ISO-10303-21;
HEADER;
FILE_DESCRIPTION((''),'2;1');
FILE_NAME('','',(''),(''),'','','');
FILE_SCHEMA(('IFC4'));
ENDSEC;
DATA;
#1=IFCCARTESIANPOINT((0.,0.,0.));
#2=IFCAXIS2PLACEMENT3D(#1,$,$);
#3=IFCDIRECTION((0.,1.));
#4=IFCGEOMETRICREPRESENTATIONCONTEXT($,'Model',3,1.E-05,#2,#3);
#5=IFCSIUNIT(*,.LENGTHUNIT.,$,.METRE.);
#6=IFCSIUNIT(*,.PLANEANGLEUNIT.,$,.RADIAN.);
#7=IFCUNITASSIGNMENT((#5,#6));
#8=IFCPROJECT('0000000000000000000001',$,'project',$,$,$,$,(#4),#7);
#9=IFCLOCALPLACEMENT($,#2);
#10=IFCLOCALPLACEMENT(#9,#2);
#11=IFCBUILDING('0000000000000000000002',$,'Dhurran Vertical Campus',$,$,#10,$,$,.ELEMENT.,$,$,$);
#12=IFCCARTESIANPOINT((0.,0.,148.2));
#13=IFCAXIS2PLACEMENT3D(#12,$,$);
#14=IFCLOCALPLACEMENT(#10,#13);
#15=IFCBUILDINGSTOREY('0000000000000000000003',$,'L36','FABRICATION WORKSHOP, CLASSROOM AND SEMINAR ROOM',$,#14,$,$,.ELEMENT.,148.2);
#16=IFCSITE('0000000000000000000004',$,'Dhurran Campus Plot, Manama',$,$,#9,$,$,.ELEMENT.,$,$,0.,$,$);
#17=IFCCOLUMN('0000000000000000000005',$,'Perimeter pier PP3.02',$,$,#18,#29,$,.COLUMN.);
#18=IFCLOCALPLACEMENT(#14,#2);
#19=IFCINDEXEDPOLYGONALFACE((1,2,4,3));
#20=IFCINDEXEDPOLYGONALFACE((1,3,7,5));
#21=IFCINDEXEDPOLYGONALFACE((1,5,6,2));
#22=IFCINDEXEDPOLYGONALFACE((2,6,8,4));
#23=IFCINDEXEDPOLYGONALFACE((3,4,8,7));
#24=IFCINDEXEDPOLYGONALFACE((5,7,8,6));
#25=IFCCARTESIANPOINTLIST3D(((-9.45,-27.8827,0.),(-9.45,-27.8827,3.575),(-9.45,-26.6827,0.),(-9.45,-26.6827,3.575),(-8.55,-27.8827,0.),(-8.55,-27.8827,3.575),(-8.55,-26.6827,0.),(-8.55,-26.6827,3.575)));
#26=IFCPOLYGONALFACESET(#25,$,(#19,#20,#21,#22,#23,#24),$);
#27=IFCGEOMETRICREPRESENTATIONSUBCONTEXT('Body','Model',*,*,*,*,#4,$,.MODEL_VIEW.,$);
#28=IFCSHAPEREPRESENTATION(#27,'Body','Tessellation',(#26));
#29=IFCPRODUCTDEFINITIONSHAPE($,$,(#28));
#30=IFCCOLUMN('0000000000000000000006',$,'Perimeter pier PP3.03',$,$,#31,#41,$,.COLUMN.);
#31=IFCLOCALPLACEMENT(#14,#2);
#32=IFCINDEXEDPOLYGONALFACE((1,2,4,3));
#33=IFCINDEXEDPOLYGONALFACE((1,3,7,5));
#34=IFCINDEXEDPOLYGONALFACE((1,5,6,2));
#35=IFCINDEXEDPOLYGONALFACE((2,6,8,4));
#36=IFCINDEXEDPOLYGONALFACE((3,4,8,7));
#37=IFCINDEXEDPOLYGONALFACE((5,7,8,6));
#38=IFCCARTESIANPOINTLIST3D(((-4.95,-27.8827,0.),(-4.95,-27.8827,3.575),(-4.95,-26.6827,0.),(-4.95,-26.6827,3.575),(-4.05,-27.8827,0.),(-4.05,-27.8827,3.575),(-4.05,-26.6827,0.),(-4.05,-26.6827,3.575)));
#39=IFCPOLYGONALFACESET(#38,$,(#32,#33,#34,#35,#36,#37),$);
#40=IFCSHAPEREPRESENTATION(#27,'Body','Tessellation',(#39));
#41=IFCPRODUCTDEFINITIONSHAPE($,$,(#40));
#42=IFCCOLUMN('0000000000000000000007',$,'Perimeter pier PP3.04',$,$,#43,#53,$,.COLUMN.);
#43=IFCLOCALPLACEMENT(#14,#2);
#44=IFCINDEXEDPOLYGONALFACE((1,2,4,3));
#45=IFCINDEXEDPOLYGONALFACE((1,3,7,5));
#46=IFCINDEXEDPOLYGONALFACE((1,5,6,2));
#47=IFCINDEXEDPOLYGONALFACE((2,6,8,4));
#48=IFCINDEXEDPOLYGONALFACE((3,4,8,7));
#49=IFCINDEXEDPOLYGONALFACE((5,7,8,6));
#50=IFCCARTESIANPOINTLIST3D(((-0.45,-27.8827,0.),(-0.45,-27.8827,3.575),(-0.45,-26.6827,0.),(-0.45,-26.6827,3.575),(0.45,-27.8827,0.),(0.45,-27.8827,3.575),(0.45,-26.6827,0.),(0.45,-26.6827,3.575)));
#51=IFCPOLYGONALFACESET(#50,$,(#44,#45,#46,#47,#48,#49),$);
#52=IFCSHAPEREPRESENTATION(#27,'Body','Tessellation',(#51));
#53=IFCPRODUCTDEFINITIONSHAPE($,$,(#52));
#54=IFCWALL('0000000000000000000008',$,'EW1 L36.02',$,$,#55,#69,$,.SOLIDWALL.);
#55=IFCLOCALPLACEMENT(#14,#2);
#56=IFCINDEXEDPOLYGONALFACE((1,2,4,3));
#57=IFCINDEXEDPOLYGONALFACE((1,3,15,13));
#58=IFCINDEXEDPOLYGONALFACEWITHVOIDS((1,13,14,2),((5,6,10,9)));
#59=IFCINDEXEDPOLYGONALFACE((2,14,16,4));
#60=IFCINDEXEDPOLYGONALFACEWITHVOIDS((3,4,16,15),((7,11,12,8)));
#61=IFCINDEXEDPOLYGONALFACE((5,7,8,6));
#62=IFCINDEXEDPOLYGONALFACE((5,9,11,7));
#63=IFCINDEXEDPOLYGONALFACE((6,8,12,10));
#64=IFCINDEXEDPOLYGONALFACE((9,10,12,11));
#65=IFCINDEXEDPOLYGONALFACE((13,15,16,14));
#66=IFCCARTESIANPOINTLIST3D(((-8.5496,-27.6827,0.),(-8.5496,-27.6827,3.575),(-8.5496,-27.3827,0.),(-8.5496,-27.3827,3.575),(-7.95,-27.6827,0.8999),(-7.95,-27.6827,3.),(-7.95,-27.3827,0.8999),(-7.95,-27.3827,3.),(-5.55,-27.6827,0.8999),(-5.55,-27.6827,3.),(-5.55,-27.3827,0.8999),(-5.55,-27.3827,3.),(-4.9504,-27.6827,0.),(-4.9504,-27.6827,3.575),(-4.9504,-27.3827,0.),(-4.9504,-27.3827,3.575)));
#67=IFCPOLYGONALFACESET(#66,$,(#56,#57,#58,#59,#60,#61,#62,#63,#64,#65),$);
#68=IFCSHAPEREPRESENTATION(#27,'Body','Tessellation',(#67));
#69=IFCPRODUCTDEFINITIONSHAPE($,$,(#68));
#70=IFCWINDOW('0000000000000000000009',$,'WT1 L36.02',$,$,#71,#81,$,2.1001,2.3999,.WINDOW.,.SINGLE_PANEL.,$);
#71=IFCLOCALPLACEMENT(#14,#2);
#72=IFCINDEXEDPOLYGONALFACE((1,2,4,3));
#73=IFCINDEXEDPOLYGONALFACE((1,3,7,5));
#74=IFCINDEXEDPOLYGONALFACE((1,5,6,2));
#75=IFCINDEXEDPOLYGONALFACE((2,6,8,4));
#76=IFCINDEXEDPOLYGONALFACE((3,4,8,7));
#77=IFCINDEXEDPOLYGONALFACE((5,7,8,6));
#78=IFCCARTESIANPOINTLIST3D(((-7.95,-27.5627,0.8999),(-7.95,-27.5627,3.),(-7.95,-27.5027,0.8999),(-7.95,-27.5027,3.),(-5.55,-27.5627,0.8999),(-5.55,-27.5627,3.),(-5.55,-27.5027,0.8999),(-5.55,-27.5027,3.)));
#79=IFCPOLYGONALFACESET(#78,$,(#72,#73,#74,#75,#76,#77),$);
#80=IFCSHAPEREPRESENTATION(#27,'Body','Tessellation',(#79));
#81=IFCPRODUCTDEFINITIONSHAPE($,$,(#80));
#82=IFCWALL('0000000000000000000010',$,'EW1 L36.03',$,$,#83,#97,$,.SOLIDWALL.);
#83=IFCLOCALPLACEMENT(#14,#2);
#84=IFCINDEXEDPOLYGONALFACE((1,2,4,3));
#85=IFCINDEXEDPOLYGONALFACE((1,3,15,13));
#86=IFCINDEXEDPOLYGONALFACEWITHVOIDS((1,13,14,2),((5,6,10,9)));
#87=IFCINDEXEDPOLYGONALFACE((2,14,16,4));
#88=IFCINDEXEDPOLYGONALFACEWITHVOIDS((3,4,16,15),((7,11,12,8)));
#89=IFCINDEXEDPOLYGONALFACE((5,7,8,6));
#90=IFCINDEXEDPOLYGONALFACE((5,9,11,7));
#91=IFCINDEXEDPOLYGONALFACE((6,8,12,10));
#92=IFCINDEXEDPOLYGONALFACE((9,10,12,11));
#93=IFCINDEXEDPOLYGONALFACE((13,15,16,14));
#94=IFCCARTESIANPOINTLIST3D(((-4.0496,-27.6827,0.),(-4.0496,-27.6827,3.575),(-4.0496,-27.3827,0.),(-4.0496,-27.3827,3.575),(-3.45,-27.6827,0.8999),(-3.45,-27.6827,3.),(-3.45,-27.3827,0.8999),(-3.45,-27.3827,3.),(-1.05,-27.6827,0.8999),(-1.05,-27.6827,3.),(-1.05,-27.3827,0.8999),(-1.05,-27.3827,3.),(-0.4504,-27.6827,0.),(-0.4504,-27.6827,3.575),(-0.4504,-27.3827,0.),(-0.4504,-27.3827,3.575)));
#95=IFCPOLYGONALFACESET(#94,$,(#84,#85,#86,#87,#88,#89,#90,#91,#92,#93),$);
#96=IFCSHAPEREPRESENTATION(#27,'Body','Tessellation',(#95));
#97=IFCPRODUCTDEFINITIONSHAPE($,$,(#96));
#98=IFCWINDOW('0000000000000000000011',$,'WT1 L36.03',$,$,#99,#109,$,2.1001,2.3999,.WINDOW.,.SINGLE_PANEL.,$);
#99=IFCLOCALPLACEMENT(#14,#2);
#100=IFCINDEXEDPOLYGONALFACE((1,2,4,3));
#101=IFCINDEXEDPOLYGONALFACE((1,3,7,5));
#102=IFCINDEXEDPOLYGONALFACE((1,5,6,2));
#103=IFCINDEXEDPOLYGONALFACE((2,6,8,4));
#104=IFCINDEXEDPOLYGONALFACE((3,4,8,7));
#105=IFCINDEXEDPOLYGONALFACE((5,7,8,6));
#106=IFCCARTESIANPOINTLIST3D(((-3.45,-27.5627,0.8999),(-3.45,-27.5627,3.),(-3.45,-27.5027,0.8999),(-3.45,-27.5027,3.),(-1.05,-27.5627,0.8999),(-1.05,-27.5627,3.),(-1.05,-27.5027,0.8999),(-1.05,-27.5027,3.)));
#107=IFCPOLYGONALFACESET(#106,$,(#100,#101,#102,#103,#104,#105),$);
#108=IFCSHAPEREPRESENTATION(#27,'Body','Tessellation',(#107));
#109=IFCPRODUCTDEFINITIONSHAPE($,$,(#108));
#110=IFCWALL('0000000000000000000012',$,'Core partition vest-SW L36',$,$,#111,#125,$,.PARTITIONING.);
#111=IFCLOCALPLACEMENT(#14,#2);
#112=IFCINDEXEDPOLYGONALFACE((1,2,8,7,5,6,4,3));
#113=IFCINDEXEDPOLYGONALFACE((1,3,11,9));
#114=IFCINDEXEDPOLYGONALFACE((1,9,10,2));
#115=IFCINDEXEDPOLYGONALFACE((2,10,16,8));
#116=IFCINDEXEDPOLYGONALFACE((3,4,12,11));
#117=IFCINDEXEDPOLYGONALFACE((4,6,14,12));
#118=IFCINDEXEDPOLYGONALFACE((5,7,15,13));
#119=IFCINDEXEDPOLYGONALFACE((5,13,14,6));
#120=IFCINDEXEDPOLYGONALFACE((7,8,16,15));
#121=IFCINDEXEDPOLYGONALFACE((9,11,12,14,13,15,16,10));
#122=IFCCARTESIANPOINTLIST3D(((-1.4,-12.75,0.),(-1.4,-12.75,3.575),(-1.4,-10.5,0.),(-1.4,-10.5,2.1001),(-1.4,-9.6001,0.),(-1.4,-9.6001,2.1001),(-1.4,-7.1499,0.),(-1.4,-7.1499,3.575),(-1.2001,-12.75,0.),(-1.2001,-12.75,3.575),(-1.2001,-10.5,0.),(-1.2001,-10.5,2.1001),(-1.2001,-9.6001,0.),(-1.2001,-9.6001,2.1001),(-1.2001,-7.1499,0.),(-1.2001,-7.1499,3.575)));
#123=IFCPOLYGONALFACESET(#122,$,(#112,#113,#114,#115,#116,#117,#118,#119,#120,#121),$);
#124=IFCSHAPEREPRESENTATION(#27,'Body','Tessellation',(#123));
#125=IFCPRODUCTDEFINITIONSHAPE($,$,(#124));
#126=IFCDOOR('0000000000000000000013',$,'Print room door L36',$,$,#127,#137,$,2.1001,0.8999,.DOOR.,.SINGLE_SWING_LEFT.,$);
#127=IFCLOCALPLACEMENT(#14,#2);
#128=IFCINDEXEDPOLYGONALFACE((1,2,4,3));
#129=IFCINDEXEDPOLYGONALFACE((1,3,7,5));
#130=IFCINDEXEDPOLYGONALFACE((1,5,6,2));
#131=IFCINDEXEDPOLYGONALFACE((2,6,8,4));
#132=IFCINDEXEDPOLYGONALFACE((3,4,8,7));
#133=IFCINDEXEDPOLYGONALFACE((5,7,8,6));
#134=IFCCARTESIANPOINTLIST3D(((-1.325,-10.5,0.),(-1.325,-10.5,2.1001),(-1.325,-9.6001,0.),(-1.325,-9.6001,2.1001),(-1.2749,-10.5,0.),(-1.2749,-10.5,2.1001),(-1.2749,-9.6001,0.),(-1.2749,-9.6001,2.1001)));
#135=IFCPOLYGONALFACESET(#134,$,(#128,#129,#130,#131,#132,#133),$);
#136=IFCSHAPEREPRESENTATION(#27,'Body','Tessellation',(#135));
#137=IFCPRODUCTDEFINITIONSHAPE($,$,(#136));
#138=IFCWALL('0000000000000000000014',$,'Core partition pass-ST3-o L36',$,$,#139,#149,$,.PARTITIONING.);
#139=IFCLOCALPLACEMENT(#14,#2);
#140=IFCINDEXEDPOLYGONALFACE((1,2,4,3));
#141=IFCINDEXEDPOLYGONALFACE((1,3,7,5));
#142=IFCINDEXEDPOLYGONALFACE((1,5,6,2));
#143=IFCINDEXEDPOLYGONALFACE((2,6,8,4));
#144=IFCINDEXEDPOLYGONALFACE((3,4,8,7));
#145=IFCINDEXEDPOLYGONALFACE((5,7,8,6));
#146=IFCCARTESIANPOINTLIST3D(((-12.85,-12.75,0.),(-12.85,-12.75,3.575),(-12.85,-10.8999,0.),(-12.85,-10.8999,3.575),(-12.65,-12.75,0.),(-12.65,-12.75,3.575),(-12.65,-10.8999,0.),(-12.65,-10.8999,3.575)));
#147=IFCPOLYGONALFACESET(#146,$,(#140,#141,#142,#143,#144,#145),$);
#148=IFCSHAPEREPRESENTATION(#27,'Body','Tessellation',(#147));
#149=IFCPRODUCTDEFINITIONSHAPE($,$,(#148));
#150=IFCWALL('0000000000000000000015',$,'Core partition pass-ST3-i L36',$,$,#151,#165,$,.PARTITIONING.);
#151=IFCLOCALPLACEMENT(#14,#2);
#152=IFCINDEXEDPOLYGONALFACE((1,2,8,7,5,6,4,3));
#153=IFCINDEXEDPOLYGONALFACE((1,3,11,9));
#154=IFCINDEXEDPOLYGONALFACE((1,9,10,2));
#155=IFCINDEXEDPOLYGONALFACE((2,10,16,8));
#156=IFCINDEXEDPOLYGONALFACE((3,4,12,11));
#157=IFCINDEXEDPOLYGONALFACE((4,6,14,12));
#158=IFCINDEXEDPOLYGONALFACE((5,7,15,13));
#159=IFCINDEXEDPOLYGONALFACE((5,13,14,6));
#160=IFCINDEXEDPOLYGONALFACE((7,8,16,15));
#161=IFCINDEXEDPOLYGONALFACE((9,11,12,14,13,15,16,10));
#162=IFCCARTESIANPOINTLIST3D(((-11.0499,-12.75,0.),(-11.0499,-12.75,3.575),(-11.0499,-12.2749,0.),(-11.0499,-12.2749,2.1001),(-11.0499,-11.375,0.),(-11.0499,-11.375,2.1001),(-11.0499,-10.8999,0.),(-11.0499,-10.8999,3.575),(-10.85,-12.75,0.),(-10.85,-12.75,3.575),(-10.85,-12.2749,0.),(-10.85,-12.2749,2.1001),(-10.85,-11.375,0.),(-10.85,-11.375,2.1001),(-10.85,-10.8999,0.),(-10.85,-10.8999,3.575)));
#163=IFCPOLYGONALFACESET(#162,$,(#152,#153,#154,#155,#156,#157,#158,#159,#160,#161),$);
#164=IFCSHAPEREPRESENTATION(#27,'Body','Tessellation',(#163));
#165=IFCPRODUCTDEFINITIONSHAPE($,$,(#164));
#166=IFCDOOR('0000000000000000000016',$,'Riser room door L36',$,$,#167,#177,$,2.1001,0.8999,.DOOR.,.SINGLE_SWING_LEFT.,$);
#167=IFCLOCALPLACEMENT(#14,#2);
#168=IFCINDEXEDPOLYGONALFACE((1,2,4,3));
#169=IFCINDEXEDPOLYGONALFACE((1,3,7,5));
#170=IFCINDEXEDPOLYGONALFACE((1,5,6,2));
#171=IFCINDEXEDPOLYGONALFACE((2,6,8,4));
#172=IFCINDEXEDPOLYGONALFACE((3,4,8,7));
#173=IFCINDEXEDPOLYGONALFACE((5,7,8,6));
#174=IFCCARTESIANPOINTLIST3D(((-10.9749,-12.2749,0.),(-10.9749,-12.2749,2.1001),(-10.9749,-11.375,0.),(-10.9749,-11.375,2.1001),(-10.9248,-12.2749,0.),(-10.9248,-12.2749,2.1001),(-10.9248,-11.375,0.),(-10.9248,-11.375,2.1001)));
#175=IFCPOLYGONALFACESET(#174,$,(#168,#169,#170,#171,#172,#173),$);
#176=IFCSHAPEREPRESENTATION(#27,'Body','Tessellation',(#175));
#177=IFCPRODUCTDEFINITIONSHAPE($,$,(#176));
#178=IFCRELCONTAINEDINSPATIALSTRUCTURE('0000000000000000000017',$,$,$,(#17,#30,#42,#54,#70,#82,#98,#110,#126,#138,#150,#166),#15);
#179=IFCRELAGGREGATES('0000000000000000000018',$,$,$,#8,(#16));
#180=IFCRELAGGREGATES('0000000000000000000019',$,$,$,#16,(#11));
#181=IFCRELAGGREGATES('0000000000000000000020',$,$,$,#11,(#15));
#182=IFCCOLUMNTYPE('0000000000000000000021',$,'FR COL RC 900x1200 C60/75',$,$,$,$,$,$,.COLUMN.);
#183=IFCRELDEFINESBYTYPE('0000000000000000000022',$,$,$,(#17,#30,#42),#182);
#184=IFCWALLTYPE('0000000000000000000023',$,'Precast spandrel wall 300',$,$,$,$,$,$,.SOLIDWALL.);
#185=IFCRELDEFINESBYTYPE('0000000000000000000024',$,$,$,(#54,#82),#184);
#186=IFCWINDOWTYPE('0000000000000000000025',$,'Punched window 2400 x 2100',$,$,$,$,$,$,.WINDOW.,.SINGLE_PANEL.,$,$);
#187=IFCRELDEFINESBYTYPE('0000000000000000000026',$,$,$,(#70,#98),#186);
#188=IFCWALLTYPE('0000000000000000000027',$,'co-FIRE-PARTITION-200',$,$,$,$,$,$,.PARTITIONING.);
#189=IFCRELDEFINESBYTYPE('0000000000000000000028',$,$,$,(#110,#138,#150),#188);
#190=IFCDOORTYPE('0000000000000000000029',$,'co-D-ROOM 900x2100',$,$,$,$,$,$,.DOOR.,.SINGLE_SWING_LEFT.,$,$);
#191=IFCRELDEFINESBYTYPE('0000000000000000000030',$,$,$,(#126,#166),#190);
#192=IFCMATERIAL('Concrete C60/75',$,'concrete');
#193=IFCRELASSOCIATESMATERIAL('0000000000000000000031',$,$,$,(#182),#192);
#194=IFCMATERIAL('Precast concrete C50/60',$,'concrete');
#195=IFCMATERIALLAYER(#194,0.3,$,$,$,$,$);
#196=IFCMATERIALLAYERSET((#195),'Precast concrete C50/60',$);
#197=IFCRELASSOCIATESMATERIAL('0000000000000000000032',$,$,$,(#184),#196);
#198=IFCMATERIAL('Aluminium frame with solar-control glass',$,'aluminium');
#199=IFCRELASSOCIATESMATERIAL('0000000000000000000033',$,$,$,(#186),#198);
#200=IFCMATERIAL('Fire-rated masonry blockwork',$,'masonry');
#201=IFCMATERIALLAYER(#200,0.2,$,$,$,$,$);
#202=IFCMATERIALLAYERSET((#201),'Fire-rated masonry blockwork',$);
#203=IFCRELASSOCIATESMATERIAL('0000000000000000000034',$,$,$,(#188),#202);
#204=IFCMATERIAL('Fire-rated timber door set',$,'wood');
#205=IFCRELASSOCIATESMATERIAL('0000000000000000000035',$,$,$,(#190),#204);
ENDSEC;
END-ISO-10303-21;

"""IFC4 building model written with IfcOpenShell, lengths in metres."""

from ifc_helpers import new_model, si_unit, direction, frame, frame_2d, origin, origin_2d, place, context, subcontext, project, spatial, rectangle, extrude, material, layer, layer_set, material_profile, profile_set, type_object, element, fill, save


model = new_model("IFC4")

# Units and contexts
model_context = context("Model", 3, precision=1e-05, world=origin(), true_north=direction((0.0, 1.0)))
body_context = subcontext(model_context, "Body", "Model", "MODEL_VIEW")
ifc_project = project(units=[si_unit("LENGTHUNIT", "METRE"), si_unit("PLANEANGLEUNIT", "RADIAN")], contexts=[model_context])

# Site, building, storey
site_placement = place(None, origin())
site = spatial("IfcSite", under=ifc_project, at=site_placement, Name="Dhurran Campus Plot, Manama", CompositionType="ELEMENT", RefElevation=0.0)
building_placement = place(site_placement, origin())
building = spatial("IfcBuilding", under=site, at=building_placement, Name="Dhurran Vertical Campus", CompositionType="ELEMENT")
storey_placement = place(building_placement, frame((0.0, 0.0, 148.2)))
storey = spatial("IfcBuildingStorey", under=building, at=storey_placement, Name="L36", Description="FABRICATION WORKSHOP, CLASSROOM AND SEMINAR ROOM", CompositionType="ELEMENT", Elevation=148.2)

# Columns
ifc_material_1 = material(Name="Concrete C60/75", Category="concrete")
ifc_material_profile = material_profile(ifc_material_1, rectangle(XDim=0.8999, YDim=1.2, at=origin_2d()), Name="RC 900x1200")
ifc_profile_set = profile_set([ifc_material_profile], Name="Concrete C60/75")
column_type = type_object("IfcColumnType", Name="FR COL RC 900x1200 C60/75", PredefinedType="COLUMN", material=ifc_profile_set)
for number, where, z_axis, x_axis, name in (
    (1, (-9.0, -27.2827, 0.0), (0.0, 0.0, 1.0), (1.0, 0.0, 0.0), "Perimeter pier PP3.02"),
    (2, (-4.5, -27.2827, 0.0), (0.0, 0.0, 1.0), (1.0, 0.0, 0.0), "Perimeter pier PP3.03"),
    (3, (0.0, -27.2827, 0.0), (0.0, 0.0, 1.0), (1.0, 0.0, 0.0), "Perimeter pier PP3.04"),
):
    element("IfcColumn", number, at=place(storey_placement, frame(where, z_axis=z_axis, x_axis=x_axis)), inside=storey, type_object=column_type, Name=name, PredefinedType="COLUMN", context=body_context, shape_type="SweptSolid", body=[
        extrude(rectangle(XDim=0.8999, YDim=1.2, at=origin_2d()), origin(), (0.0, 0.0, 1.0), 3.575),
    ])

# Walls, openings, windows
ifc_material_2 = material(Name="Precast concrete C50/60", Category="concrete")
ifc_layer_1 = layer(ifc_material_2, 0.3)
ifc_layer_set_1 = layer_set([ifc_layer_1], Name="Precast concrete C50/60")
wall_type_1 = type_object("IfcWallType", Name="Precast spandrel wall 300", PredefinedType="SOLIDWALL", material=ifc_layer_set_1)
wall_1_placement = place(storey_placement, frame((-8.5496, -27.5327, 0.0), z_axis=(0.0, 0.0, 1.0), x_axis=(1.0, 0.0, 0.0)))
wall_1 = element("IfcWall", 4, at=wall_1_placement, inside=storey, type_object=wall_type_1, Name="EW1 L36.02", PredefinedType="SOLIDWALL", context=body_context, shape_type="SweptSolid", body=[
    extrude(rectangle(XDim=3.5991, YDim=0.3, at=frame_2d((1.7996, 0.0))), origin(), (0.0, 0.0, 1.0), 3.575),
])
opening_1_placement = place(wall_1_placement, frame((0.5996, 0.0, 0.8999)))
opening_1 = element("IfcOpeningElement", 5, at=opening_1_placement, cuts=wall_1, PredefinedType="OPENING", context=body_context, shape_type="SweptSolid", body=[
    extrude(rectangle(XDim=2.3999, YDim=2.1001, at=frame_2d((1.2, 1.05))), frame((0.0, 0.1599, 0.0), z_axis=(0.0, -1.0, 0.0), x_axis=(1.0, 0.0, 0.0)), (0.0, 0.0, 1.0), 0.3201),
])
ifc_material_3 = material(Name="Aluminium frame with solar-control glass", Category="aluminium")
window_type = type_object("IfcWindowType", Name="Punched window 2400 x 2100", PartitioningType="SINGLE_PANEL", PredefinedType="WINDOW", material=ifc_material_3)
window_1_placement = place(opening_1_placement, origin())
window_1 = element("IfcWindow", 6, at=window_1_placement, inside=storey, type_object=window_type, Name="WT1 L36.02", OverallHeight=2.1001, OverallWidth=2.3999, PartitioningType="SINGLE_PANEL", PredefinedType="WINDOW", context=body_context, shape_type="SweptSolid", body=[
    extrude(rectangle(XDim=2.3999, YDim=2.1001, at=frame_2d((1.2, 1.05))), frame((0.0, 0.03, 0.0), z_axis=(0.0, -1.0, 0.0), x_axis=(1.0, 0.0, 0.0)), (0.0, 0.0, 1.0), 0.0601),
])
fill(opening_1, window_1)
wall_2_placement = place(storey_placement, frame((-4.0496, -27.5327, 0.0), z_axis=(0.0, 0.0, 1.0), x_axis=(1.0, 0.0, 0.0)))
wall_2 = element("IfcWall", 7, at=wall_2_placement, inside=storey, type_object=wall_type_1, Name="EW1 L36.03", PredefinedType="SOLIDWALL", context=body_context, shape_type="SweptSolid", body=[
    extrude(rectangle(XDim=3.5991, YDim=0.3, at=frame_2d((1.7996, 0.0))), origin(), (0.0, 0.0, 1.0), 3.575),
])
opening_2_placement = place(wall_2_placement, frame((0.5996, 0.0, 0.8999)))
opening_2 = element("IfcOpeningElement", 8, at=opening_2_placement, cuts=wall_2, PredefinedType="OPENING", context=body_context, shape_type="SweptSolid", body=[
    extrude(rectangle(XDim=2.3999, YDim=2.1001, at=frame_2d((1.2, 1.05))), frame((0.0, 0.1599, 0.0), z_axis=(0.0, -1.0, 0.0), x_axis=(1.0, 0.0, 0.0)), (0.0, 0.0, 1.0), 0.3201),
])
window_2_placement = place(opening_2_placement, origin())
window_2 = element("IfcWindow", 9, at=window_2_placement, inside=storey, type_object=window_type, Name="WT1 L36.03", OverallHeight=2.1001, OverallWidth=2.3999, PartitioningType="SINGLE_PANEL", PredefinedType="WINDOW", context=body_context, shape_type="SweptSolid", body=[
    extrude(rectangle(XDim=2.3999, YDim=2.1001, at=frame_2d((1.2, 1.05))), frame((0.0, 0.03, 0.0), z_axis=(0.0, -1.0, 0.0), x_axis=(1.0, 0.0, 0.0)), (0.0, 0.0, 1.0), 0.0601),
])
fill(opening_2, window_2)

# Wall, opening, door
ifc_material_4 = material(Name="Fire-rated masonry blockwork", Category="masonry")
ifc_layer_2 = layer(ifc_material_4, 0.2)
ifc_layer_set_2 = layer_set([ifc_layer_2], Name="Fire-rated masonry blockwork")
wall_type_2 = type_object("IfcWallType", Name="co-FIRE-PARTITION-200", PredefinedType="PARTITIONING", material=ifc_layer_set_2)
wall_3_placement = place(storey_placement, frame((-1.3, -12.75, 0.0), z_axis=(0.0, 0.0, 1.0), x_axis=(0.0, 1.0, 0.0)))
wall_3 = element("IfcWall", 10, at=wall_3_placement, inside=storey, type_object=wall_type_2, Name="Core partition vest-SW L36", PredefinedType="PARTITIONING", context=body_context, shape_type="SweptSolid", body=[
    extrude(rectangle(XDim=5.6001, YDim=0.2, at=frame_2d((2.8, 0.0))), origin(), (0.0, 0.0, 1.0), 3.575),
])
opening_3_placement = place(wall_3_placement, frame((2.25, 0.0, 0.0)))
opening_3 = element("IfcOpeningElement", 11, at=opening_3_placement, cuts=wall_3, PredefinedType="OPENING", context=body_context, shape_type="SweptSolid", body=[
    extrude(rectangle(XDim=0.8999, YDim=2.1001, at=frame_2d((0.45, 1.05))), frame((0.0, 0.1099, 0.0), z_axis=(0.0, -1.0, 0.0), x_axis=(1.0, 0.0, 0.0)), (0.0, 0.0, 1.0), 0.22),
])
ifc_material_5 = material(Name="Fire-rated timber door set", Category="wood")
door_type_1 = type_object("IfcDoorType", Name="co-D-ROOM 900x2100", OperationType="SINGLE_SWING_LEFT", PredefinedType="DOOR", material=ifc_material_5)
door_1_placement = place(opening_3_placement, origin())
door_1 = element("IfcDoor", 12, at=door_1_placement, inside=storey, type_object=door_type_1, Name="Print room door L36", OperationType="SINGLE_SWING_LEFT", OverallHeight=2.1001, OverallWidth=0.8999, PredefinedType="DOOR", context=body_context, shape_type="SweptSolid", body=[
    extrude(rectangle(XDim=0.8999, YDim=2.1001, at=frame_2d((0.45, 1.05))), frame((0.0, 0.0249, 0.0), z_axis=(0.0, -1.0, 0.0), x_axis=(1.0, 0.0, 0.0)), (0.0, 0.0, 1.0), 0.05),
])
fill(opening_3, door_1)

# Wall
wall_4_placement = place(storey_placement, frame((-12.75, -12.75, 0.0), z_axis=(0.0, 0.0, 1.0), x_axis=(0.0, 1.0, 0.0)))
element("IfcWall", 13, at=wall_4_placement, inside=storey, type_object=wall_type_2, Name="Core partition pass-ST3-o L36", PredefinedType="PARTITIONING", context=body_context, shape_type="SweptSolid", body=[
    extrude(rectangle(XDim=1.8501, YDim=0.2, at=frame_2d((0.925, 0.0))), origin(), (0.0, 0.0, 1.0), 3.575),
])

# Wall, opening, door
wall_5_placement = place(storey_placement, frame((-10.95, -12.75, 0.0), z_axis=(0.0, 0.0, 1.0), x_axis=(0.0, 1.0, 0.0)))
wall_5 = element("IfcWall", 14, at=wall_5_placement, inside=storey, type_object=wall_type_2, Name="Core partition pass-ST3-i L36", PredefinedType="PARTITIONING", context=body_context, shape_type="SweptSolid", body=[
    extrude(rectangle(XDim=1.8501, YDim=0.2, at=frame_2d((0.925, 0.0))), origin(), (0.0, 0.0, 1.0), 3.575),
])
opening_4_placement = place(wall_5_placement, frame((0.4751, 0.0, 0.0)))
opening_4 = element("IfcOpeningElement", 15, at=opening_4_placement, cuts=wall_5, PredefinedType="OPENING", context=body_context, shape_type="SweptSolid", body=[
    extrude(rectangle(XDim=0.8999, YDim=2.1001, at=frame_2d((0.45, 1.05))), frame((0.0, 0.1099, 0.0), z_axis=(0.0, -1.0, 0.0), x_axis=(1.0, 0.0, 0.0)), (0.0, 0.0, 1.0), 0.22),
])
door_2_placement = place(opening_4_placement, origin())
door_2 = element("IfcDoor", 16, at=door_2_placement, inside=storey, type_object=door_type_1, Name="Riser room door L36", OperationType="SINGLE_SWING_LEFT", OverallHeight=2.1001, OverallWidth=0.8999, PredefinedType="DOOR", context=body_context, shape_type="SweptSolid", body=[
    extrude(rectangle(XDim=0.8999, YDim=2.1001, at=frame_2d((0.45, 1.05))), frame((0.0, 0.0249, 0.0), z_axis=(0.0, -1.0, 0.0), x_axis=(1.0, 0.0, 0.0)), (0.0, 0.0, 1.0), 0.05),
])
fill(opening_4, door_2)

save(model, "model.ifc")
